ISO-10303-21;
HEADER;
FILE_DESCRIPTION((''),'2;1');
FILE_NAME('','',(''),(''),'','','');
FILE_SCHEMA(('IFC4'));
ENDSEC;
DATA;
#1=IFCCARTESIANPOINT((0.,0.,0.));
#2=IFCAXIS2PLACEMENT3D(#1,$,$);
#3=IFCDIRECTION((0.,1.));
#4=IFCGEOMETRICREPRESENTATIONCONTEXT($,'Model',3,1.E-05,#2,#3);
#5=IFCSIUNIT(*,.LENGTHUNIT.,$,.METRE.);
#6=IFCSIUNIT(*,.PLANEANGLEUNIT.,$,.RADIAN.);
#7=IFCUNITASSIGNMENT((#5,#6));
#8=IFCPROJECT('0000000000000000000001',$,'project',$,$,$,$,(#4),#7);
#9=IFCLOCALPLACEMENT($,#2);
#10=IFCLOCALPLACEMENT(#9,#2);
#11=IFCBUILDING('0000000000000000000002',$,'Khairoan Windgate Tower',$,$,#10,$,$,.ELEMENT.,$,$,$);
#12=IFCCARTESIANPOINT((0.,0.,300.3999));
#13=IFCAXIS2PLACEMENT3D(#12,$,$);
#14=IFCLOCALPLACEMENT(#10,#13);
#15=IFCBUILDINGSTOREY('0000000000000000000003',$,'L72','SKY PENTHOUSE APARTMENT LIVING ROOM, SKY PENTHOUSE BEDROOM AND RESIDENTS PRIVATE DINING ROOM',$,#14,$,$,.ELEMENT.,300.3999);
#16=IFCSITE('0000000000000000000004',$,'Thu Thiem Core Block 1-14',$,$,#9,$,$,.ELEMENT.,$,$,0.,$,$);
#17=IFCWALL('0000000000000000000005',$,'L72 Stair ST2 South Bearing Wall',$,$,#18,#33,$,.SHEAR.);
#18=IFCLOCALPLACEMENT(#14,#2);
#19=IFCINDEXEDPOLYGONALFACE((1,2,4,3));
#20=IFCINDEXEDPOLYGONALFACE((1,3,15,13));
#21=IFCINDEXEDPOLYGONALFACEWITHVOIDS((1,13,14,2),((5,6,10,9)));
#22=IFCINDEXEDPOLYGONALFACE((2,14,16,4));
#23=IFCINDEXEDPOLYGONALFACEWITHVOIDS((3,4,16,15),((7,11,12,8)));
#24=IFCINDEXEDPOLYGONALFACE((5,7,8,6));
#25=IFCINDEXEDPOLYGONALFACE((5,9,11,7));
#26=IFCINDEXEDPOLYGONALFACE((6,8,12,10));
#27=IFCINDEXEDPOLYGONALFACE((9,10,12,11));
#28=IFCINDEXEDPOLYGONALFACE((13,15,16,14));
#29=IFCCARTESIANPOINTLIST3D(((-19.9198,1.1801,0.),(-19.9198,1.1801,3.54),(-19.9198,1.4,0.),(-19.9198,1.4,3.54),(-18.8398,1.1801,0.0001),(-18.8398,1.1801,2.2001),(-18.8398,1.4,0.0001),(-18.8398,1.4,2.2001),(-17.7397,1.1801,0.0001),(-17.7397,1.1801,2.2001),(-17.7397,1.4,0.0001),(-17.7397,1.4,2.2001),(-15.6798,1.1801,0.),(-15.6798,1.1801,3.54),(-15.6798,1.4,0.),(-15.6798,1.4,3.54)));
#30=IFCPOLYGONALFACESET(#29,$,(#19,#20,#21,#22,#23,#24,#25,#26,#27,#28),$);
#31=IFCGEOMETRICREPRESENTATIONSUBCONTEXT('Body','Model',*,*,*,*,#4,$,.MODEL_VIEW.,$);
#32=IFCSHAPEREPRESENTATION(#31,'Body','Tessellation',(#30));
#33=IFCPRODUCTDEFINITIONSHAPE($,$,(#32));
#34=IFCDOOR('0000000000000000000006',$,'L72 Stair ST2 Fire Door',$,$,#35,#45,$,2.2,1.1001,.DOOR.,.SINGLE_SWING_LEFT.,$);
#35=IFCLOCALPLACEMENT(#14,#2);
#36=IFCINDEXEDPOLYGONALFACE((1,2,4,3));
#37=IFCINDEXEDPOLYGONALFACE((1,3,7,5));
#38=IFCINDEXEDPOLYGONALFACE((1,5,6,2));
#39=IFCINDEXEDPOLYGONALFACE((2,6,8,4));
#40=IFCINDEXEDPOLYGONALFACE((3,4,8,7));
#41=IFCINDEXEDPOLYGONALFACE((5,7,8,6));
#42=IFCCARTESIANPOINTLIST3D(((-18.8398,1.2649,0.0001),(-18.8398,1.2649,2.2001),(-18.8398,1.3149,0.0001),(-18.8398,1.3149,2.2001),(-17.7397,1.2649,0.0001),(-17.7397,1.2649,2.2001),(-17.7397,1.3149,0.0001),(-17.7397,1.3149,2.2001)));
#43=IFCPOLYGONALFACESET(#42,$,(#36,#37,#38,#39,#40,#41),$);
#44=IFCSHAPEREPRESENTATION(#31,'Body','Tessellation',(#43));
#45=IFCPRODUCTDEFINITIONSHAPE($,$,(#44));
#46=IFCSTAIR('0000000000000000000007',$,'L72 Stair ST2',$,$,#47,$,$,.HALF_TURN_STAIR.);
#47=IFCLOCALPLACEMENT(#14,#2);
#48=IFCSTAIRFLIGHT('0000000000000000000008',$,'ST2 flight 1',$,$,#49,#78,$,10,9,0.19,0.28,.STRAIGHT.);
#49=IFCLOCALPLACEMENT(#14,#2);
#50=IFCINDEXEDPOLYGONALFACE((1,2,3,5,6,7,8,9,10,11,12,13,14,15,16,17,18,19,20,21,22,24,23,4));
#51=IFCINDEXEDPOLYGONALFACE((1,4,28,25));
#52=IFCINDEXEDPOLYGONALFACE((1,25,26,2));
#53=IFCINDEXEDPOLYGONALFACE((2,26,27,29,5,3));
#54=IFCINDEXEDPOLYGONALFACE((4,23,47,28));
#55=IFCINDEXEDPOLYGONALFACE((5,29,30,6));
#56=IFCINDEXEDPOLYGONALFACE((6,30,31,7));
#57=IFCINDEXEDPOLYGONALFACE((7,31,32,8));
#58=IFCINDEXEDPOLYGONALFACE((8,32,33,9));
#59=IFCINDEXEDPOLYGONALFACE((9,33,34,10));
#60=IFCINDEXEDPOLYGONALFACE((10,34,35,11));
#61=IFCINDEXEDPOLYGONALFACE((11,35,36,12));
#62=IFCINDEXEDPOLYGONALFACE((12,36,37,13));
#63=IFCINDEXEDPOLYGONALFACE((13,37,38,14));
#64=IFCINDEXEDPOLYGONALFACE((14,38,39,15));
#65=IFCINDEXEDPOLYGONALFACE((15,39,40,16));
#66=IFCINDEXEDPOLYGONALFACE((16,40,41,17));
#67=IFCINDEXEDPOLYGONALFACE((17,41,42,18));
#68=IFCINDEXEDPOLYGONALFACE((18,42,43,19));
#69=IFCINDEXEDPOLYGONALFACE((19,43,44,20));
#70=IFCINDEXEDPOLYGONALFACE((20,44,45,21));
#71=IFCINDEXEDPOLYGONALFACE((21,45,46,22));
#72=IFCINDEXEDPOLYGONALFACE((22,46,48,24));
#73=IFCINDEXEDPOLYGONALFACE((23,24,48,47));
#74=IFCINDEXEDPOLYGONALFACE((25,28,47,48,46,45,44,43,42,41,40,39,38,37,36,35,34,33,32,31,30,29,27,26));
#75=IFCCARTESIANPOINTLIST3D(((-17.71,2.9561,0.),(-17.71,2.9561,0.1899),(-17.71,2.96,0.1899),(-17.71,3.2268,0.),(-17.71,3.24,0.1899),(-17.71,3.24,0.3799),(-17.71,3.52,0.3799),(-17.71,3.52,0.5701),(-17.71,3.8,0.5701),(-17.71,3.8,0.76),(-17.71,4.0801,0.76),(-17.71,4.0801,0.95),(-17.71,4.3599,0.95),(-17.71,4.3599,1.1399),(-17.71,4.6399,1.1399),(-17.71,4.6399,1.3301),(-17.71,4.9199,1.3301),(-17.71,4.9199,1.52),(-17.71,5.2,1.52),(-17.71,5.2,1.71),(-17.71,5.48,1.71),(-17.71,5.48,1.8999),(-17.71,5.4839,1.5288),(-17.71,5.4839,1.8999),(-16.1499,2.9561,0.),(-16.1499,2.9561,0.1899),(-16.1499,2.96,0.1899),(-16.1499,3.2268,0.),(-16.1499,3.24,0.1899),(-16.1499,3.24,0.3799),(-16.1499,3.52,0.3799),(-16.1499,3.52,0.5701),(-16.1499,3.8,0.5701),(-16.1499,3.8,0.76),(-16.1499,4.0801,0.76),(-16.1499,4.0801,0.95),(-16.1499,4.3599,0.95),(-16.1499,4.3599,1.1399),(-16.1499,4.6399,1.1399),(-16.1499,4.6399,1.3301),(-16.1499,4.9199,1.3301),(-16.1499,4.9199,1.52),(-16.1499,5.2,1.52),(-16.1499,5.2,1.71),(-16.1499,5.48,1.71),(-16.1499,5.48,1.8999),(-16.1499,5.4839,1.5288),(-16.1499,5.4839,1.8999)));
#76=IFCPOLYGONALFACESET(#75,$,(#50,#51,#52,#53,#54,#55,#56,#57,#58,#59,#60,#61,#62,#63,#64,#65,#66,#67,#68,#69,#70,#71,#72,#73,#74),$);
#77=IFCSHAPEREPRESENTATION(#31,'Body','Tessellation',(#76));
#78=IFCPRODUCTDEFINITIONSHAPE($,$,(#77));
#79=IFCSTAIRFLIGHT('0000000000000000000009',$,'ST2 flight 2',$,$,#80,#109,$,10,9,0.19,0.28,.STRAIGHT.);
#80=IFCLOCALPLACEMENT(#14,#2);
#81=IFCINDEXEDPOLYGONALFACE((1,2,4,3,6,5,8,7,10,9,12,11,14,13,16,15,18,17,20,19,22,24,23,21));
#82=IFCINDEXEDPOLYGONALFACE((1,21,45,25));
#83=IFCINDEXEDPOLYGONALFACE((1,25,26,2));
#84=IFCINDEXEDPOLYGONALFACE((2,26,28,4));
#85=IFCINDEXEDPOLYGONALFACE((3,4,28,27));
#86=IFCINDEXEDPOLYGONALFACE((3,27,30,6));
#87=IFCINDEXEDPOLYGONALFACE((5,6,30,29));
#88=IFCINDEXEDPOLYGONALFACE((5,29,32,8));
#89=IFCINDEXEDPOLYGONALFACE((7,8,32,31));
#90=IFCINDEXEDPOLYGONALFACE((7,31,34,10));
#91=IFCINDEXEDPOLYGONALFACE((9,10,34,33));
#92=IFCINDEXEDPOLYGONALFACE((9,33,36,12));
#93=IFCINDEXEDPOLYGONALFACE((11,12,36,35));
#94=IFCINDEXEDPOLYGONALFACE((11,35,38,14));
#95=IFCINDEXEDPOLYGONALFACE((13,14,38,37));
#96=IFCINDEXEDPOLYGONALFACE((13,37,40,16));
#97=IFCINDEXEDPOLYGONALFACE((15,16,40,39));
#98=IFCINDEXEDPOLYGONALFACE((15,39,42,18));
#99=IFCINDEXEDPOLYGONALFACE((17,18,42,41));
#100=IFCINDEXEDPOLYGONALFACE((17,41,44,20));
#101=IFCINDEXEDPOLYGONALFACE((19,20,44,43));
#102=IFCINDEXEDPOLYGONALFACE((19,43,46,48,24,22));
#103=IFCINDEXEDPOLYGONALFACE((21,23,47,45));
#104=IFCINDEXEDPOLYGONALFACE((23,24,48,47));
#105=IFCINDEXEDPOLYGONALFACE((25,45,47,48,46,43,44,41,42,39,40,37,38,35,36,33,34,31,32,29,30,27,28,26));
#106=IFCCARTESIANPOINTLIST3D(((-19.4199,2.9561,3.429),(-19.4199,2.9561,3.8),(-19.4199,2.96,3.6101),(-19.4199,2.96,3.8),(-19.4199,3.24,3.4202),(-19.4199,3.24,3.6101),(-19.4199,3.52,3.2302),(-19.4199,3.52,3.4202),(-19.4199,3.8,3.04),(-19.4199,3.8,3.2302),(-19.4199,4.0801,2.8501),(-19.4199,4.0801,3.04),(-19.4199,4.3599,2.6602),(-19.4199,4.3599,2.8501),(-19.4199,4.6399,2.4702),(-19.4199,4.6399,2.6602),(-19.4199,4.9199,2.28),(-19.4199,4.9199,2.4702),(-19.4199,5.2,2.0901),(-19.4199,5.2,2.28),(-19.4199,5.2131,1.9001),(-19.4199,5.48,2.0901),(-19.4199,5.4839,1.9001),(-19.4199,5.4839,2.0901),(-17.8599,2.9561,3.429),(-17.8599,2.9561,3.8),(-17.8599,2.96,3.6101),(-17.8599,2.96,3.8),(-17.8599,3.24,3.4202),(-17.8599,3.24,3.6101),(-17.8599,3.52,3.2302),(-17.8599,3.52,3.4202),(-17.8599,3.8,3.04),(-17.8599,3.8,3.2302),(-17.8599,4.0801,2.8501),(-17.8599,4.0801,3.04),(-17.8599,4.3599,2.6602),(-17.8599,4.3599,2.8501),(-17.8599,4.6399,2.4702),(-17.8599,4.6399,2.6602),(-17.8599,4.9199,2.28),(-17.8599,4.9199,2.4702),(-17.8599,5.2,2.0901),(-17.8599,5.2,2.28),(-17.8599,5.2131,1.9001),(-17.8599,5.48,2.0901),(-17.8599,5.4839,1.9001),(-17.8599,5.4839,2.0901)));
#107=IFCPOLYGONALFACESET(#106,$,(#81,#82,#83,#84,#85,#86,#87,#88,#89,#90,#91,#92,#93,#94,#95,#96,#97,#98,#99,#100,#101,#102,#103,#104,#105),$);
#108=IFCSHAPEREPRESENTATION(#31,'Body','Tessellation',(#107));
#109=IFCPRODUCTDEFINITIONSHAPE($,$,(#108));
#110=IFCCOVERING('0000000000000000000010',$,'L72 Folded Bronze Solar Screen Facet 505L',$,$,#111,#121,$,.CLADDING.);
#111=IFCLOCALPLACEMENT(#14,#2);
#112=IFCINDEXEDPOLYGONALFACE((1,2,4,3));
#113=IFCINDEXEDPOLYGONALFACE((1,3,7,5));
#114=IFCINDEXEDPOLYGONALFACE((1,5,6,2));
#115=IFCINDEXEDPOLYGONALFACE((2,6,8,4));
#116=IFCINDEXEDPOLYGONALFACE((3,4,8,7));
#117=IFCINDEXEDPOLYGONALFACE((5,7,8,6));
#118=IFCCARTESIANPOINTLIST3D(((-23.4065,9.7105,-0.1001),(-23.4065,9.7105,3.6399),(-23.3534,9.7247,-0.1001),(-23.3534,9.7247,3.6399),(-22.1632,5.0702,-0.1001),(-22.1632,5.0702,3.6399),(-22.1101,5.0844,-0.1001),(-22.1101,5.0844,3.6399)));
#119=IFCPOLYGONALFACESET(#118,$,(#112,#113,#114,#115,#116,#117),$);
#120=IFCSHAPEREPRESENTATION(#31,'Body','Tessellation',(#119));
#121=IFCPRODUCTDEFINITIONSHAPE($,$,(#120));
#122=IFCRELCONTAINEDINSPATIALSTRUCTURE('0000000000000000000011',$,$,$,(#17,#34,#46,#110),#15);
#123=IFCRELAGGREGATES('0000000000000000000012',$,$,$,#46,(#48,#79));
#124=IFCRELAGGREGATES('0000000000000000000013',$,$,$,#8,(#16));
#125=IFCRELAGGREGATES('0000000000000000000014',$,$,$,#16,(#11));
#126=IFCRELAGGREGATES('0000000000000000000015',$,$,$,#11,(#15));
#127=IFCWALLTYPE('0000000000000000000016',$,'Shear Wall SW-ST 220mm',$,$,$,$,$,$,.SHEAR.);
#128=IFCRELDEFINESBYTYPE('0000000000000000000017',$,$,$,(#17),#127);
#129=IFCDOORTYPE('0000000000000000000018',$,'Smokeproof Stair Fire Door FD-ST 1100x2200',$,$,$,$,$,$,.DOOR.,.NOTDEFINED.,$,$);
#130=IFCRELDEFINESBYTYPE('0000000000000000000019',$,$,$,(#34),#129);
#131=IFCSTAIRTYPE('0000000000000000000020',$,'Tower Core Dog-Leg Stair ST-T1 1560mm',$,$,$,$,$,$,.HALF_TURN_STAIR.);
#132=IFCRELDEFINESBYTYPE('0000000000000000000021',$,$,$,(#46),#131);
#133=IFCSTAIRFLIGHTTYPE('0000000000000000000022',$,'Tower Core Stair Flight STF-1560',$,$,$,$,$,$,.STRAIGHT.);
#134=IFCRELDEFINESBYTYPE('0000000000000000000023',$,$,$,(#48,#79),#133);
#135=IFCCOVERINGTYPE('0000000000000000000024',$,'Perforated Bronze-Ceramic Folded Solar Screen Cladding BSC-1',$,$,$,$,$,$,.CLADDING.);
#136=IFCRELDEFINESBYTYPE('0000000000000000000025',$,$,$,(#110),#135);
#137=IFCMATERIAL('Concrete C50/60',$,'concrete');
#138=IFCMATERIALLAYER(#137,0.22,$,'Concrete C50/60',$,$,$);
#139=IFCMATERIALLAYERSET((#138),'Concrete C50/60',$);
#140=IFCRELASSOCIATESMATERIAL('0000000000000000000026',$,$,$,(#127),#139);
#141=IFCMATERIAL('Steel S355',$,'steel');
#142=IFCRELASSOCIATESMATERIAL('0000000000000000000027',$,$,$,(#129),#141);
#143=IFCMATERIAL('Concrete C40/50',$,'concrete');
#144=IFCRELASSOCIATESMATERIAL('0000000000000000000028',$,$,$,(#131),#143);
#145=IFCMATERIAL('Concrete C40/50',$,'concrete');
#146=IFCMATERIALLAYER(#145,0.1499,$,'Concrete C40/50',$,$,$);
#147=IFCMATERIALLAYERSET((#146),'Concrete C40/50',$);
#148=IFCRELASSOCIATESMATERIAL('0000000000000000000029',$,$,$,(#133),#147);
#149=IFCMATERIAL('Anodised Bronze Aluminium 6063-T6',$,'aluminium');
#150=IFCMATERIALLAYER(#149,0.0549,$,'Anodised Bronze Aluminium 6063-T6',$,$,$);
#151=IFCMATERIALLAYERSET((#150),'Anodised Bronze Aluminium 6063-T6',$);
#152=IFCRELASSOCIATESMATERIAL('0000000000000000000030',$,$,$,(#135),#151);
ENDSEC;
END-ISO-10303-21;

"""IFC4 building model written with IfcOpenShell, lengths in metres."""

from ifc_helpers import new_model, si_unit, direction, frame, frame_2d, origin, origin_2d, place, context, subcontext, project, spatial, polyline, rectangle, outline, extrude, material, layer, layer_set, type_object, element, fill, aggregate, save


model = new_model("IFC4")

# Units and contexts
model_context = context("Model", 3, precision=1e-05, world=origin(), true_north=direction((0.0, 1.0)))
body_context = subcontext(model_context, "Body", "Model", "MODEL_VIEW")
ifc_project = project(units=[si_unit("LENGTHUNIT", "METRE"), si_unit("PLANEANGLEUNIT", "RADIAN")], contexts=[model_context])

# Site, building, storey
site_placement = place(None, origin())
site = spatial("IfcSite", under=ifc_project, at=site_placement, Name="Thu Thiem Core Block 1-14", CompositionType="ELEMENT", RefElevation=0.0)
building_placement = place(site_placement, origin())
building = spatial("IfcBuilding", under=site, at=building_placement, Name="Khairoan Windgate Tower", CompositionType="ELEMENT")
storey_placement = place(building_placement, frame((0.0, 0.0, 300.3999)))
storey = spatial("IfcBuildingStorey", under=building, at=storey_placement, Name="L72", Description="SKY PENTHOUSE APARTMENT LIVING ROOM, SKY PENTHOUSE BEDROOM AND RESIDENTS PRIVATE DINING ROOM", CompositionType="ELEMENT", Elevation=300.3999)

# Shared definitions
ifc_material_1 = material(Name="Concrete C50/60", Category="concrete")
ifc_layer_1 = layer(ifc_material_1, 0.22, Name="Concrete C50/60")
ifc_layer_set_1 = layer_set([ifc_layer_1], Name="Concrete C50/60")
wall_type_1 = type_object("IfcWallType", Name="Shear Wall SW-ST 220mm", PredefinedType="SHEAR", material=ifc_layer_set_1)

# Wall, opening, door
wall_1_placement = place(storey_placement, frame((-19.9199, 1.29, 0.0), z_axis=(0.0, 0.0, 1.0), x_axis=(1.0, 0.0, 0.0)))
wall_1 = element("IfcWall", 1, at=wall_1_placement, inside=storey, type_object=wall_type_1, Name="L72 Stair ST2 South Bearing Wall", PredefinedType="SHEAR", context=body_context, shape_type="SweptSolid", body=[
    extrude(rectangle(XDim=4.24, YDim=0.22, at=frame_2d((2.1201, 0.0))), origin(), (0.0, 0.0, 1.0), 3.54),
])
opening_1_placement = place(wall_1_placement, frame((1.0801, 0.0, 0.0)))
opening_1 = element("IfcOpeningElement", 2, at=opening_1_placement, cuts=wall_1, PredefinedType="OPENING", context=body_context, shape_type="SweptSolid", body=[
    extrude(rectangle(XDim=1.1001, YDim=2.2, at=frame_2d((0.55, 1.1001))), frame((0.0, 0.1199, 0.0), z_axis=(0.0, -1.0, 0.0), x_axis=(1.0, 0.0, 0.0)), (0.0, 0.0, 1.0), 0.24),
])
ifc_material_2 = material(Name="Steel S355", Category="steel")
door_type_1 = type_object("IfcDoorType", Name="Smokeproof Stair Fire Door FD-ST 1100x2200", OperationType="NOTDEFINED", PredefinedType="DOOR", material=ifc_material_2)
door_1_placement = place(opening_1_placement, origin())
door_1 = element("IfcDoor", 3, at=door_1_placement, inside=storey, type_object=door_type_1, Name="L72 Stair ST2 Fire Door", OperationType="SINGLE_SWING_LEFT", OverallHeight=2.2, OverallWidth=1.1001, PredefinedType="DOOR", context=body_context, shape_type="SweptSolid", body=[
    extrude(rectangle(XDim=1.1001, YDim=2.2, at=frame_2d((0.55, 1.1001))), frame((0.0, 0.0249, 0.0), z_axis=(0.0, -1.0, 0.0), x_axis=(1.0, 0.0, 0.0)), (0.0, 0.0, 1.0), 0.05),
])
fill(opening_1, door_1)

# Stair, stair flights
ifc_material_3 = material(Name="Concrete C40/50", Category="concrete")
stair_type = type_object("IfcStairType", Name="Tower Core Dog-Leg Stair ST-T1 1560mm", PredefinedType="HALF_TURN_STAIR", material=ifc_material_3)
stair_placement = place(storey_placement, origin())
stair = element("IfcStair", 4, at=stair_placement, inside=storey, type_object=stair_type, Name="L72 Stair ST2", PredefinedType="HALF_TURN_STAIR")
ifc_material_4 = material(Name="Concrete C40/50", Category="concrete")
ifc_layer_2 = layer(ifc_material_4, 0.1499, Name="Concrete C40/50")
ifc_layer_set_2 = layer_set([ifc_layer_2], Name="Concrete C40/50")
stair_flight_type = type_object("IfcStairFlightType", Name="Tower Core Stair Flight STF-1560", PredefinedType="STRAIGHT", material=ifc_layer_set_2)
stair_flight_1_placement = place(storey_placement, frame((-16.9299, 2.96, 0.0), z_axis=(0.0, 0.0, 1.0), x_axis=(0.0, 1.0, 0.0)))
stair_flight_1 = element("IfcStairFlight", 5, at=stair_flight_1_placement, type_object=stair_flight_type, Name="ST2 flight 1", NumberOfRisers=10, NumberOfTreads=9, PredefinedType="STRAIGHT", RiserHeight=0.19, TreadLength=0.28, context=body_context, shape_type="SweptSolid", body=[
    extrude(outline(polyline([(-0.0039, 0.0), (-0.0039, 0.1899), (0.0, 0.1899), (0.28, 0.1899), (0.28, 0.3799), (0.5601, 0.3799), (0.5601, 0.5701), (0.8401, 0.5701), (0.8401, 0.76), (1.1201, 0.76), (1.1201, 0.95), (1.3999, 0.95), (1.3999, 1.1399), (1.6799, 1.1399), (1.6799, 1.3301), (1.96, 1.3301), (1.96, 1.52), (2.24, 1.52), (2.24, 1.71), (2.52, 1.71), (2.52, 1.8999), (2.5239, 1.8999), (2.5239, 1.5288), (0.2668, 0.0), (-0.0039, 0.0)])), frame((0.0, 0.78, 0.0), z_axis=(0.0, -1.0, 0.0), x_axis=(1.0, 0.0, 0.0)), (0.0, 0.0, 1.0), 1.5601),
])
stair_flight_2_placement = place(storey_placement, frame((-18.6399, 5.48, 1.9001), z_axis=(0.0, 0.0, 1.0), x_axis=(0.0, -1.0, 0.0)))
stair_flight_2 = element("IfcStairFlight", 6, at=stair_flight_2_placement, type_object=stair_flight_type, Name="ST2 flight 2", NumberOfRisers=10, NumberOfTreads=9, PredefinedType="STRAIGHT", RiserHeight=0.19, TreadLength=0.28, context=body_context, shape_type="SweptSolid", body=[
    extrude(outline(polyline([(-0.0039, 0.0), (-0.0039, 0.1899), (0.0, 0.1899), (0.28, 0.1899), (0.28, 0.3799), (0.5601, 0.3799), (0.5601, 0.5701), (0.8401, 0.5701), (0.8401, 0.76), (1.1201, 0.76), (1.1201, 0.95), (1.3999, 0.95), (1.3999, 1.1399), (1.6799, 1.1399), (1.6799, 1.3301), (1.96, 1.3301), (1.96, 1.52), (2.24, 1.52), (2.24, 1.71), (2.52, 1.71), (2.52, 1.8999), (2.5239, 1.8999), (2.5239, 1.5288), (0.2668, 0.0), (-0.0039, 0.0)])), frame((0.0, 0.78, 0.0), z_axis=(0.0, -1.0, 0.0), x_axis=(1.0, 0.0, 0.0)), (0.0, 0.0, 1.0), 1.5601),
])
aggregate(stair, [stair_flight_1, stair_flight_2])

# Covering
ifc_material_5 = material(Name="Anodised Bronze Aluminium 6063-T6", Category="aluminium")
ifc_layer_3 = layer(ifc_material_5, 0.0549, Name="Anodised Bronze Aluminium 6063-T6")
ifc_layer_set_3 = layer_set([ifc_layer_3], Name="Anodised Bronze Aluminium 6063-T6")
covering_type = type_object("IfcCoveringType", Name="Perforated Bronze-Ceramic Folded Solar Screen Cladding BSC-1", PredefinedType="CLADDING", material=ifc_layer_set_3)
covering_placement = place(storey_placement, frame((-22.7583, 7.3975, -0.1001), z_axis=(0.0, 0.0, 1.0), x_axis=(-0.258819, 0.965926, 0.0)))
element("IfcCovering", 7, at=covering_placement, inside=storey, type_object=covering_type, Name="L72 Folded Bronze Solar Screen Facet 505L", PredefinedType="CLADDING", context=body_context, shape_type="SweptSolid", body=[
    extrude(rectangle(XDim=4.804, YDim=0.0549, at=origin_2d()), origin(), (0.0, 0.0, 1.0), 3.74),
])

save(model, "model.ifc")
